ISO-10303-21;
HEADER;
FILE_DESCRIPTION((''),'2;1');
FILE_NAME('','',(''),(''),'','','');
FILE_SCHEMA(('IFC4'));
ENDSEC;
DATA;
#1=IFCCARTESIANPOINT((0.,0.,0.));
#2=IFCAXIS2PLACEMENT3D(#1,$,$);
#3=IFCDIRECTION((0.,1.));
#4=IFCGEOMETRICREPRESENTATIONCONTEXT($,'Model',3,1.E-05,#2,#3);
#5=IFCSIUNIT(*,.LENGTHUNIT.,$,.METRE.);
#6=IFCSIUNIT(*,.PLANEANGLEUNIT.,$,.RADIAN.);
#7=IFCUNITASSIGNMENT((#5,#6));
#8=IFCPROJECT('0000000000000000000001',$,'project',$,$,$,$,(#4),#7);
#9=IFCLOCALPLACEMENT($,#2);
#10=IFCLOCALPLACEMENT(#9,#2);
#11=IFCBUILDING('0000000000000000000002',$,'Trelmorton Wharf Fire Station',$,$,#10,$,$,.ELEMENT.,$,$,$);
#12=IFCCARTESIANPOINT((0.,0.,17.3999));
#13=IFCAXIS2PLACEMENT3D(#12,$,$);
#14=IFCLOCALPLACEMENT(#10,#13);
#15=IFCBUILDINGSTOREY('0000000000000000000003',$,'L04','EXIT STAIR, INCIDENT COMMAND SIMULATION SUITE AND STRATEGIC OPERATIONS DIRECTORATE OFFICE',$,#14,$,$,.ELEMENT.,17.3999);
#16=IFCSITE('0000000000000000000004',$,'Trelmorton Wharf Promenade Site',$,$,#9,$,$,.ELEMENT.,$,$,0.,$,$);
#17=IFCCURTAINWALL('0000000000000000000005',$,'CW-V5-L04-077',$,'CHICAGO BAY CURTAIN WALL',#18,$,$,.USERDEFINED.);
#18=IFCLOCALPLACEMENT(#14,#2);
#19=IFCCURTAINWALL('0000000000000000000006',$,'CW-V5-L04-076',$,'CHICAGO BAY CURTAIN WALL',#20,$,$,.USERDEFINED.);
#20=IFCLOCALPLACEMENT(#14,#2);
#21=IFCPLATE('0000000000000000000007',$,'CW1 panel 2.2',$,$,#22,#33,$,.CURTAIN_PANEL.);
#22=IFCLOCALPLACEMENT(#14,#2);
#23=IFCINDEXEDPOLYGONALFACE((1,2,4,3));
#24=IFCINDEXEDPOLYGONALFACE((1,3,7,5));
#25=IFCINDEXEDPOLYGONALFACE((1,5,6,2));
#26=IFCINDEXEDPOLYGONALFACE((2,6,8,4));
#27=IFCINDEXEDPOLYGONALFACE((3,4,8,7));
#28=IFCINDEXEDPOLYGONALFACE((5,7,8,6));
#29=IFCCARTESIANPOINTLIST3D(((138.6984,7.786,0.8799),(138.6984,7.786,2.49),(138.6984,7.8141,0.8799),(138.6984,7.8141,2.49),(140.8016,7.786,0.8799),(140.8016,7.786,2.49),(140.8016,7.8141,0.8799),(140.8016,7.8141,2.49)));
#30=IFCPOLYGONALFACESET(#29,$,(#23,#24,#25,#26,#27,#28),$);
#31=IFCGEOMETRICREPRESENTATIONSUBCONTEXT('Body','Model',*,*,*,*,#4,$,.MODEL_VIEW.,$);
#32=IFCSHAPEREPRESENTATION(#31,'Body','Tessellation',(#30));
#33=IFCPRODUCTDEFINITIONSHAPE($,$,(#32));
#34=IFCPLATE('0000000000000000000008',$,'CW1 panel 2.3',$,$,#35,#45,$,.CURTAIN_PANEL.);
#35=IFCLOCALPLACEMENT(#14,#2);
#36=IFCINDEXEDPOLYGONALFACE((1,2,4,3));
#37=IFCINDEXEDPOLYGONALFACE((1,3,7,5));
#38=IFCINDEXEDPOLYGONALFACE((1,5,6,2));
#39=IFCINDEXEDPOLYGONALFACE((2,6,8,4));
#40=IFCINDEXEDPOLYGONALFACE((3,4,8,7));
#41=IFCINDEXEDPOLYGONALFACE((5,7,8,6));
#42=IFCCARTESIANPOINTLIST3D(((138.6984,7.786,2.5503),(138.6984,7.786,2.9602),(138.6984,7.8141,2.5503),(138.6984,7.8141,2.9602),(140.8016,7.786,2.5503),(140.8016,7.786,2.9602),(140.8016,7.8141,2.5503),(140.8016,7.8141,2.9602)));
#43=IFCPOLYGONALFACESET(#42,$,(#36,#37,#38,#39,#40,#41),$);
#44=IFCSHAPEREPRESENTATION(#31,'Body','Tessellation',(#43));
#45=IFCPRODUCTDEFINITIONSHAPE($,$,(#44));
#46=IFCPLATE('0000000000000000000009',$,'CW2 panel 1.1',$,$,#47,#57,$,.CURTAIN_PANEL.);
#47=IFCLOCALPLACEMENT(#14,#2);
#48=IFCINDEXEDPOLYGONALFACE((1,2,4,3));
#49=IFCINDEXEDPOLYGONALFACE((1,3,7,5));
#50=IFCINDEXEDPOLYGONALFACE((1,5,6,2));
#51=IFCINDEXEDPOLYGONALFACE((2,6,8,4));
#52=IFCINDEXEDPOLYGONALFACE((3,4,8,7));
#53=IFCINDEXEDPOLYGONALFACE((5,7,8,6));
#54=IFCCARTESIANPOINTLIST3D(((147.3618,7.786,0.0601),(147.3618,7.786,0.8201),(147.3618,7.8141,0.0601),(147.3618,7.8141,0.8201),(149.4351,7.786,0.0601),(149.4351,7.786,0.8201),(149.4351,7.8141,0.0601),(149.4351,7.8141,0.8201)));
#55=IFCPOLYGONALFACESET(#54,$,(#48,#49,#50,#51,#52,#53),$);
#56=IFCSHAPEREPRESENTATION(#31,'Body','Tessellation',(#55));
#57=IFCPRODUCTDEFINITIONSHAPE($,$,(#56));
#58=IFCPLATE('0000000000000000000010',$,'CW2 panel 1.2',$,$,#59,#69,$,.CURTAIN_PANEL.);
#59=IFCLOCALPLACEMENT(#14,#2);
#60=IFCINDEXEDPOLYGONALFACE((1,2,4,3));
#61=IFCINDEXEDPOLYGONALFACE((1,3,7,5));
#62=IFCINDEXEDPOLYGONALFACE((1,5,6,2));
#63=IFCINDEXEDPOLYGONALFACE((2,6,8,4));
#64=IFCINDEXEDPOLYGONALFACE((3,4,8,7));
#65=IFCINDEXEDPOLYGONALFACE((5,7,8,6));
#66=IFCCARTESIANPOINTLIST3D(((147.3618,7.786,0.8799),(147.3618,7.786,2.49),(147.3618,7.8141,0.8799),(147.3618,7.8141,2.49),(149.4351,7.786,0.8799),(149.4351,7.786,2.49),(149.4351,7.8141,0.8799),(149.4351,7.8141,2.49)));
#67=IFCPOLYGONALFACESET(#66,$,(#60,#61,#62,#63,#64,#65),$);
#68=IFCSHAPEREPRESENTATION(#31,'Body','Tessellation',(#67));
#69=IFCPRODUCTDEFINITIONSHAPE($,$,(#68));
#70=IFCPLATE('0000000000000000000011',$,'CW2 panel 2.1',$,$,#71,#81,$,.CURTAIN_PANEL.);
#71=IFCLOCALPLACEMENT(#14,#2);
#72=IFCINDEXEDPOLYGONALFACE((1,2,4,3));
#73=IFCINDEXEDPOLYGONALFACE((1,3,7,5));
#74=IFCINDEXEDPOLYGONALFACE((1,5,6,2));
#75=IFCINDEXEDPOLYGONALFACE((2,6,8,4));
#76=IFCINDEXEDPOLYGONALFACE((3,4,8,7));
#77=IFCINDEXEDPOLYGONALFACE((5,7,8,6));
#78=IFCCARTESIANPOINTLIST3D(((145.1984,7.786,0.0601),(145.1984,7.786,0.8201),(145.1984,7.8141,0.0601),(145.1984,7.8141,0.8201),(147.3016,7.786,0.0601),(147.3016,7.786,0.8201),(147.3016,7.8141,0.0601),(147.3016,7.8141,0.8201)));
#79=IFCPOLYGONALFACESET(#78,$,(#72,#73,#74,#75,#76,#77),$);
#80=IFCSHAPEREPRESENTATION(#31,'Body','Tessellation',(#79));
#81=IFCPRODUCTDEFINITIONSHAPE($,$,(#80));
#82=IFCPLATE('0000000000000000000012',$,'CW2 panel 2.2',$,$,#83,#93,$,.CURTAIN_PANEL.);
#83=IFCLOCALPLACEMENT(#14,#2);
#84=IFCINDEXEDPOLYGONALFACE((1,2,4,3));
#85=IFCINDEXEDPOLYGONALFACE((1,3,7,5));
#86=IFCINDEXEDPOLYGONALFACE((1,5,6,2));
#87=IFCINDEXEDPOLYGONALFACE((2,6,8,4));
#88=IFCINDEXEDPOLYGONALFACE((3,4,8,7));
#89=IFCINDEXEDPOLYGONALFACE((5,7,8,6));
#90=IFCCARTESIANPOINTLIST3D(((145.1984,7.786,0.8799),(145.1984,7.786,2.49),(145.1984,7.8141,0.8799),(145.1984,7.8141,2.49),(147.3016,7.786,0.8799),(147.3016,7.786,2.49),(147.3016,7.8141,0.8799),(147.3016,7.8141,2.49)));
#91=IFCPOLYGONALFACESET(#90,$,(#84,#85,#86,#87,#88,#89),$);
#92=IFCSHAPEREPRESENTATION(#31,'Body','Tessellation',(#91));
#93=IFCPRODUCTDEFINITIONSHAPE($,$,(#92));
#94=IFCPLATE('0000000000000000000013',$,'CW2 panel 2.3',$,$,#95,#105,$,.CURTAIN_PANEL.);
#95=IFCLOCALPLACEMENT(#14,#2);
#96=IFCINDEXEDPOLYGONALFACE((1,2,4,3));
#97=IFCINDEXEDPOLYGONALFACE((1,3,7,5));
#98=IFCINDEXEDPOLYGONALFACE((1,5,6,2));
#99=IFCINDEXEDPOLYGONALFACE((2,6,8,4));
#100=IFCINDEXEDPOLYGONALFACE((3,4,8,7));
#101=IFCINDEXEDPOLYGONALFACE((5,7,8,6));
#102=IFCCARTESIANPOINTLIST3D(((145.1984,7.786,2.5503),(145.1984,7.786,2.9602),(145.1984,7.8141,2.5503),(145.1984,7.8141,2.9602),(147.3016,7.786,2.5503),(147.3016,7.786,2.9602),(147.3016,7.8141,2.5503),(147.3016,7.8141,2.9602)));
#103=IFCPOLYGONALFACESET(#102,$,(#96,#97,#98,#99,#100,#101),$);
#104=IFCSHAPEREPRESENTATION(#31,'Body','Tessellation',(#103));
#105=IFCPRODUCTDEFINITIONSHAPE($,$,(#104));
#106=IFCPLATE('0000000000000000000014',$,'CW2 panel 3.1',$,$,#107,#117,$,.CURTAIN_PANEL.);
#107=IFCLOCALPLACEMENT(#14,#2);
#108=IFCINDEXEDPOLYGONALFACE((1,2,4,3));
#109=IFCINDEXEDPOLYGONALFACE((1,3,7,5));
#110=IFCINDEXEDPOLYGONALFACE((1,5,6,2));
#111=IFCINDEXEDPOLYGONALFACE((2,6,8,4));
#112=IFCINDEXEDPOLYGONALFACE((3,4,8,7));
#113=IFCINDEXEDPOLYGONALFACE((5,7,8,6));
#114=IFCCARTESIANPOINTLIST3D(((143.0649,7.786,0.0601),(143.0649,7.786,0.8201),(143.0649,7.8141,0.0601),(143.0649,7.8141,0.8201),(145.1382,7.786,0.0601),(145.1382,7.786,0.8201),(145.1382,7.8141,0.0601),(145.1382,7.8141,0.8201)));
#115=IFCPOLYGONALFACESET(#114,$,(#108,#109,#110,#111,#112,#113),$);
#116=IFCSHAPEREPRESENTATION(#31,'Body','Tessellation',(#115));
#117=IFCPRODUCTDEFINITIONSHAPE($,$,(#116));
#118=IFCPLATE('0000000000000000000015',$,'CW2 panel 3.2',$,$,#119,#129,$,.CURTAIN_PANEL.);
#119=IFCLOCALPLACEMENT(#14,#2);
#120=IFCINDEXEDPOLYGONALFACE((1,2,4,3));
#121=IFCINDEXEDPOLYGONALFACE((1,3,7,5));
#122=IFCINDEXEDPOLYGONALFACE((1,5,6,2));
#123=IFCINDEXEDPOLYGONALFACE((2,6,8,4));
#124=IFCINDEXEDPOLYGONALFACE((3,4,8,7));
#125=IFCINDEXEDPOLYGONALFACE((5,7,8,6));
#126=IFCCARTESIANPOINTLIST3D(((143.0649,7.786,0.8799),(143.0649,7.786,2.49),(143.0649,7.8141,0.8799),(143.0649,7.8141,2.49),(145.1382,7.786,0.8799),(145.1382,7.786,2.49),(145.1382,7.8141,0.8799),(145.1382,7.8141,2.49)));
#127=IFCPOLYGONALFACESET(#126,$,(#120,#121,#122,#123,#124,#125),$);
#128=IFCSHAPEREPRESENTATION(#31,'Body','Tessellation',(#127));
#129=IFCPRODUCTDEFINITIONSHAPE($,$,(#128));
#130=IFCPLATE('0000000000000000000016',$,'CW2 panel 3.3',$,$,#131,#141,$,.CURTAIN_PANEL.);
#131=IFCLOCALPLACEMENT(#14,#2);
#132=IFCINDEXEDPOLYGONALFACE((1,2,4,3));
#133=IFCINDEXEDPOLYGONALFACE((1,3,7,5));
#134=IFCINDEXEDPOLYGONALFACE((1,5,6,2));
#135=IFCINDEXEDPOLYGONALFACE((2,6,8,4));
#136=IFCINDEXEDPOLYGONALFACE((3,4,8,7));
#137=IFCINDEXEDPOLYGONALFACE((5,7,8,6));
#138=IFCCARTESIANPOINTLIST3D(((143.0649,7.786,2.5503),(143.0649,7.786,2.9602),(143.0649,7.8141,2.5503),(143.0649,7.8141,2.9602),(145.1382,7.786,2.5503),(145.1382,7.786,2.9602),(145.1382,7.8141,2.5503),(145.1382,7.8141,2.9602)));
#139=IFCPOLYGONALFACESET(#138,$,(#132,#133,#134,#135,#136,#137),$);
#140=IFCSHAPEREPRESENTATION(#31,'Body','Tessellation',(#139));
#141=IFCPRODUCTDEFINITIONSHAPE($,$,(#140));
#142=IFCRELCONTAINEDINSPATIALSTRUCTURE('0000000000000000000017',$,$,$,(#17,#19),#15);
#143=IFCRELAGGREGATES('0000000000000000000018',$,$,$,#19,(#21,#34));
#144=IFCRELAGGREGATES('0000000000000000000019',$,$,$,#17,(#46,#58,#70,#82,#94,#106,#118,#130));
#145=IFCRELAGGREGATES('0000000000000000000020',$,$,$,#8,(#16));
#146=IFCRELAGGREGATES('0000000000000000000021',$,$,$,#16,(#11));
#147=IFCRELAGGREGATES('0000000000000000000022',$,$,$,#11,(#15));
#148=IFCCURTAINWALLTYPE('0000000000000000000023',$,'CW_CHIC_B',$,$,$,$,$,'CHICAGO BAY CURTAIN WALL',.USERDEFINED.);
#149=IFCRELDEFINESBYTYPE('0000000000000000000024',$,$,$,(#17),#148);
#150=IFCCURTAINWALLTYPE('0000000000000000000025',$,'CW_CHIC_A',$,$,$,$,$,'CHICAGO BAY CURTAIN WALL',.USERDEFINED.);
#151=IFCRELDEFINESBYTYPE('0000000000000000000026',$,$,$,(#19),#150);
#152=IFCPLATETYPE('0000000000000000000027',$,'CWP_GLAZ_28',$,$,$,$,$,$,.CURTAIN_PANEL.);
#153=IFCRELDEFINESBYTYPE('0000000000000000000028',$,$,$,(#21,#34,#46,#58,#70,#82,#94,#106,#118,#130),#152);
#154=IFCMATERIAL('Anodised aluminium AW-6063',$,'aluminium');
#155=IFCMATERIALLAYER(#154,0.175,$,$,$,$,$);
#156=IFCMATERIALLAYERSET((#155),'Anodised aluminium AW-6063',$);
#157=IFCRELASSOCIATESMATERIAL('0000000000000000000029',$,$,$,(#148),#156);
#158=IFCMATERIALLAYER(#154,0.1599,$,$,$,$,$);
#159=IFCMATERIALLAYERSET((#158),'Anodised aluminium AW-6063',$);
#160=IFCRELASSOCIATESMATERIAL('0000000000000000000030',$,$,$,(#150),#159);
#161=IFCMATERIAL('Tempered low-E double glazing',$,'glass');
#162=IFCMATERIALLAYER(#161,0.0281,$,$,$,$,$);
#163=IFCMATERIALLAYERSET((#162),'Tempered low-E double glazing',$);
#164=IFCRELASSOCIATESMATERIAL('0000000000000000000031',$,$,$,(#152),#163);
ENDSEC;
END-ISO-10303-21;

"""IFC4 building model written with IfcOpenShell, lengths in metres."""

from ifc_helpers import new_model, si_unit, direction, frame, origin, origin_2d, place, context, subcontext, project, spatial, rectangle, extrude, material, layer, layer_set, type_object, element, aggregate, save


model = new_model("IFC4")

# Units and contexts
model_context = context("Model", 3, precision=1e-05, world=origin(), true_north=direction((0.0, 1.0)))
body_context = subcontext(model_context, "Body", "Model", "MODEL_VIEW")
ifc_project = project(units=[si_unit("LENGTHUNIT", "METRE"), si_unit("PLANEANGLEUNIT", "RADIAN")], contexts=[model_context])

# Site, building, storey
site_placement = place(None, origin())
site = spatial("IfcSite", under=ifc_project, at=site_placement, Name="Trelmorton Wharf Promenade Site", CompositionType="ELEMENT", RefElevation=0.0)
building_placement = place(site_placement, origin())
building = spatial("IfcBuilding", under=site, at=building_placement, Name="Trelmorton Wharf Fire Station", CompositionType="ELEMENT")
storey_placement = place(building_placement, frame((0.0, 0.0, 17.3999)))
storey = spatial("IfcBuildingStorey", under=building, at=storey_placement, Name="L04", Description="EXIT STAIR, INCIDENT COMMAND SIMULATION SUITE AND STRATEGIC OPERATIONS DIRECTORATE OFFICE", CompositionType="ELEMENT", Elevation=17.3999)

# Curtain walls
ifc_material_1 = material(Name="Anodised aluminium AW-6063", Category="aluminium")
ifc_layer_1 = layer(ifc_material_1, 0.175)
ifc_layer_set_1 = layer_set([ifc_layer_1], Name="Anodised aluminium AW-6063")
curtain_wall_type_1 = type_object("IfcCurtainWallType", Name="CW_CHIC_B", ElementType="CHICAGO BAY CURTAIN WALL", PredefinedType="USERDEFINED", material=ifc_layer_set_1)
curtain_wall_1_placement = place(storey_placement, origin())
curtain_wall_1 = element("IfcCurtainWall", 1, at=curtain_wall_1_placement, inside=storey, type_object=curtain_wall_type_1, Name="CW-V5-L04-077", ObjectType="CHICAGO BAY CURTAIN WALL", PredefinedType="USERDEFINED")
ifc_layer_2 = layer(ifc_material_1, 0.1599)
ifc_layer_set_2 = layer_set([ifc_layer_2], Name="Anodised aluminium AW-6063")
curtain_wall_type_2 = type_object("IfcCurtainWallType", Name="CW_CHIC_A", ElementType="CHICAGO BAY CURTAIN WALL", PredefinedType="USERDEFINED", material=ifc_layer_set_2)
curtain_wall_2_placement = place(storey_placement, origin())
curtain_wall_2 = element("IfcCurtainWall", 2, at=curtain_wall_2_placement, inside=storey, type_object=curtain_wall_type_2, Name="CW-V5-L04-076", ObjectType="CHICAGO BAY CURTAIN WALL", PredefinedType="USERDEFINED")

# Plates
ifc_material_2 = material(Name="Tempered low-E double glazing", Category="glass")
ifc_layer_3 = layer(ifc_material_2, 0.0281)
ifc_layer_set_3 = layer_set([ifc_layer_3], Name="Tempered low-E double glazing")
plate_type = type_object("IfcPlateType", Name="CWP_GLAZ_28", PredefinedType="CURTAIN_PANEL", material=ifc_layer_set_3)
plate_1_placement = place(storey_placement, frame((139.75, 7.8, 0.8799), z_axis=(0.0, 0.0, 1.0), x_axis=(-1.0, 0.0, 0.0)))
plate_1 = element("IfcPlate", 3, at=plate_1_placement, type_object=plate_type, Name="CW1 panel 2.2", PredefinedType="CURTAIN_PANEL", context=body_context, shape_type="SweptSolid", body=[
    extrude(rectangle(XDim=2.1033, YDim=0.0281, at=origin_2d()), origin(), (0.0, 0.0, 1.0), 1.6101),
])
plate_2_placement = place(storey_placement, frame((139.75, 7.8, 2.5503), z_axis=(0.0, 0.0, 1.0), x_axis=(-1.0, 0.0, 0.0)))
plate_2 = element("IfcPlate", 4, at=plate_2_placement, type_object=plate_type, Name="CW1 panel 2.3", PredefinedType="CURTAIN_PANEL", context=body_context, shape_type="SweptSolid", body=[
    extrude(rectangle(XDim=2.1033, YDim=0.0281, at=origin_2d()), origin(), (0.0, 0.0, 1.0), 0.4099),
])
aggregate(curtain_wall_2, [plate_1, plate_2])
plate_3_placement = place(storey_placement, frame((148.3984, 7.8, 0.0601), z_axis=(0.0, 0.0, 1.0), x_axis=(-1.0, 0.0, 0.0)))
plate_3 = element("IfcPlate", 5, at=plate_3_placement, type_object=plate_type, Name="CW2 panel 1.1", PredefinedType="CURTAIN_PANEL", context=body_context, shape_type="SweptSolid", body=[
    extrude(rectangle(XDim=2.0732, YDim=0.0281, at=origin_2d()), origin(), (0.0, 0.0, 1.0), 0.76),
])
plate_4_placement = place(storey_placement, frame((148.3984, 7.8, 0.8799), z_axis=(0.0, 0.0, 1.0), x_axis=(-1.0, 0.0, 0.0)))
plate_4 = element("IfcPlate", 6, at=plate_4_placement, type_object=plate_type, Name="CW2 panel 1.2", PredefinedType="CURTAIN_PANEL", context=body_context, shape_type="SweptSolid", body=[
    extrude(rectangle(XDim=2.0732, YDim=0.0281, at=origin_2d()), origin(), (0.0, 0.0, 1.0), 1.6101),
])
plate_5_placement = place(storey_placement, frame((146.25, 7.8, 0.0601), z_axis=(0.0, 0.0, 1.0), x_axis=(-1.0, 0.0, 0.0)))
plate_5 = element("IfcPlate", 7, at=plate_5_placement, type_object=plate_type, Name="CW2 panel 2.1", PredefinedType="CURTAIN_PANEL", context=body_context, shape_type="SweptSolid", body=[
    extrude(rectangle(XDim=2.1033, YDim=0.0281, at=origin_2d()), origin(), (0.0, 0.0, 1.0), 0.76),
])
plate_6_placement = place(storey_placement, frame((146.25, 7.8, 0.8799), z_axis=(0.0, 0.0, 1.0), x_axis=(-1.0, 0.0, 0.0)))
plate_6 = element("IfcPlate", 8, at=plate_6_placement, type_object=plate_type, Name="CW2 panel 2.2", PredefinedType="CURTAIN_PANEL", context=body_context, shape_type="SweptSolid", body=[
    extrude(rectangle(XDim=2.1033, YDim=0.0281, at=origin_2d()), origin(), (0.0, 0.0, 1.0), 1.6101),
])
plate_7_placement = place(storey_placement, frame((146.25, 7.8, 2.5503), z_axis=(0.0, 0.0, 1.0), x_axis=(-1.0, 0.0, 0.0)))
plate_7 = element("IfcPlate", 9, at=plate_7_placement, type_object=plate_type, Name="CW2 panel 2.3", PredefinedType="CURTAIN_PANEL", context=body_context, shape_type="SweptSolid", body=[
    extrude(rectangle(XDim=2.1033, YDim=0.0281, at=origin_2d()), origin(), (0.0, 0.0, 1.0), 0.4099),
])
plate_8_placement = place(storey_placement, frame((144.1016, 7.8, 0.0601), z_axis=(0.0, 0.0, 1.0), x_axis=(-1.0, 0.0, 0.0)))
plate_8 = element("IfcPlate", 10, at=plate_8_placement, type_object=plate_type, Name="CW2 panel 3.1", PredefinedType="CURTAIN_PANEL", context=body_context, shape_type="SweptSolid", body=[
    extrude(rectangle(XDim=2.0732, YDim=0.0281, at=origin_2d()), origin(), (0.0, 0.0, 1.0), 0.76),
])
plate_9_placement = place(storey_placement, frame((144.1016, 7.8, 0.8799), z_axis=(0.0, 0.0, 1.0), x_axis=(-1.0, 0.0, 0.0)))
plate_9 = element("IfcPlate", 11, at=plate_9_placement, type_object=plate_type, Name="CW2 panel 3.2", PredefinedType="CURTAIN_PANEL", context=body_context, shape_type="SweptSolid", body=[
    extrude(rectangle(XDim=2.0732, YDim=0.0281, at=origin_2d()), origin(), (0.0, 0.0, 1.0), 1.6101),
])
plate_10_placement = place(storey_placement, frame((144.1016, 7.8, 2.5503), z_axis=(0.0, 0.0, 1.0), x_axis=(-1.0, 0.0, 0.0)))
plate_10 = element("IfcPlate", 12, at=plate_10_placement, type_object=plate_type, Name="CW2 panel 3.3", PredefinedType="CURTAIN_PANEL", context=body_context, shape_type="SweptSolid", body=[
    extrude(rectangle(XDim=2.0732, YDim=0.0281, at=origin_2d()), origin(), (0.0, 0.0, 1.0), 0.4099),
])
aggregate(curtain_wall_1, [plate_3, plate_4, plate_5, plate_6, plate_7, plate_8, plate_9, plate_10])

save(model, "model.ifc")
